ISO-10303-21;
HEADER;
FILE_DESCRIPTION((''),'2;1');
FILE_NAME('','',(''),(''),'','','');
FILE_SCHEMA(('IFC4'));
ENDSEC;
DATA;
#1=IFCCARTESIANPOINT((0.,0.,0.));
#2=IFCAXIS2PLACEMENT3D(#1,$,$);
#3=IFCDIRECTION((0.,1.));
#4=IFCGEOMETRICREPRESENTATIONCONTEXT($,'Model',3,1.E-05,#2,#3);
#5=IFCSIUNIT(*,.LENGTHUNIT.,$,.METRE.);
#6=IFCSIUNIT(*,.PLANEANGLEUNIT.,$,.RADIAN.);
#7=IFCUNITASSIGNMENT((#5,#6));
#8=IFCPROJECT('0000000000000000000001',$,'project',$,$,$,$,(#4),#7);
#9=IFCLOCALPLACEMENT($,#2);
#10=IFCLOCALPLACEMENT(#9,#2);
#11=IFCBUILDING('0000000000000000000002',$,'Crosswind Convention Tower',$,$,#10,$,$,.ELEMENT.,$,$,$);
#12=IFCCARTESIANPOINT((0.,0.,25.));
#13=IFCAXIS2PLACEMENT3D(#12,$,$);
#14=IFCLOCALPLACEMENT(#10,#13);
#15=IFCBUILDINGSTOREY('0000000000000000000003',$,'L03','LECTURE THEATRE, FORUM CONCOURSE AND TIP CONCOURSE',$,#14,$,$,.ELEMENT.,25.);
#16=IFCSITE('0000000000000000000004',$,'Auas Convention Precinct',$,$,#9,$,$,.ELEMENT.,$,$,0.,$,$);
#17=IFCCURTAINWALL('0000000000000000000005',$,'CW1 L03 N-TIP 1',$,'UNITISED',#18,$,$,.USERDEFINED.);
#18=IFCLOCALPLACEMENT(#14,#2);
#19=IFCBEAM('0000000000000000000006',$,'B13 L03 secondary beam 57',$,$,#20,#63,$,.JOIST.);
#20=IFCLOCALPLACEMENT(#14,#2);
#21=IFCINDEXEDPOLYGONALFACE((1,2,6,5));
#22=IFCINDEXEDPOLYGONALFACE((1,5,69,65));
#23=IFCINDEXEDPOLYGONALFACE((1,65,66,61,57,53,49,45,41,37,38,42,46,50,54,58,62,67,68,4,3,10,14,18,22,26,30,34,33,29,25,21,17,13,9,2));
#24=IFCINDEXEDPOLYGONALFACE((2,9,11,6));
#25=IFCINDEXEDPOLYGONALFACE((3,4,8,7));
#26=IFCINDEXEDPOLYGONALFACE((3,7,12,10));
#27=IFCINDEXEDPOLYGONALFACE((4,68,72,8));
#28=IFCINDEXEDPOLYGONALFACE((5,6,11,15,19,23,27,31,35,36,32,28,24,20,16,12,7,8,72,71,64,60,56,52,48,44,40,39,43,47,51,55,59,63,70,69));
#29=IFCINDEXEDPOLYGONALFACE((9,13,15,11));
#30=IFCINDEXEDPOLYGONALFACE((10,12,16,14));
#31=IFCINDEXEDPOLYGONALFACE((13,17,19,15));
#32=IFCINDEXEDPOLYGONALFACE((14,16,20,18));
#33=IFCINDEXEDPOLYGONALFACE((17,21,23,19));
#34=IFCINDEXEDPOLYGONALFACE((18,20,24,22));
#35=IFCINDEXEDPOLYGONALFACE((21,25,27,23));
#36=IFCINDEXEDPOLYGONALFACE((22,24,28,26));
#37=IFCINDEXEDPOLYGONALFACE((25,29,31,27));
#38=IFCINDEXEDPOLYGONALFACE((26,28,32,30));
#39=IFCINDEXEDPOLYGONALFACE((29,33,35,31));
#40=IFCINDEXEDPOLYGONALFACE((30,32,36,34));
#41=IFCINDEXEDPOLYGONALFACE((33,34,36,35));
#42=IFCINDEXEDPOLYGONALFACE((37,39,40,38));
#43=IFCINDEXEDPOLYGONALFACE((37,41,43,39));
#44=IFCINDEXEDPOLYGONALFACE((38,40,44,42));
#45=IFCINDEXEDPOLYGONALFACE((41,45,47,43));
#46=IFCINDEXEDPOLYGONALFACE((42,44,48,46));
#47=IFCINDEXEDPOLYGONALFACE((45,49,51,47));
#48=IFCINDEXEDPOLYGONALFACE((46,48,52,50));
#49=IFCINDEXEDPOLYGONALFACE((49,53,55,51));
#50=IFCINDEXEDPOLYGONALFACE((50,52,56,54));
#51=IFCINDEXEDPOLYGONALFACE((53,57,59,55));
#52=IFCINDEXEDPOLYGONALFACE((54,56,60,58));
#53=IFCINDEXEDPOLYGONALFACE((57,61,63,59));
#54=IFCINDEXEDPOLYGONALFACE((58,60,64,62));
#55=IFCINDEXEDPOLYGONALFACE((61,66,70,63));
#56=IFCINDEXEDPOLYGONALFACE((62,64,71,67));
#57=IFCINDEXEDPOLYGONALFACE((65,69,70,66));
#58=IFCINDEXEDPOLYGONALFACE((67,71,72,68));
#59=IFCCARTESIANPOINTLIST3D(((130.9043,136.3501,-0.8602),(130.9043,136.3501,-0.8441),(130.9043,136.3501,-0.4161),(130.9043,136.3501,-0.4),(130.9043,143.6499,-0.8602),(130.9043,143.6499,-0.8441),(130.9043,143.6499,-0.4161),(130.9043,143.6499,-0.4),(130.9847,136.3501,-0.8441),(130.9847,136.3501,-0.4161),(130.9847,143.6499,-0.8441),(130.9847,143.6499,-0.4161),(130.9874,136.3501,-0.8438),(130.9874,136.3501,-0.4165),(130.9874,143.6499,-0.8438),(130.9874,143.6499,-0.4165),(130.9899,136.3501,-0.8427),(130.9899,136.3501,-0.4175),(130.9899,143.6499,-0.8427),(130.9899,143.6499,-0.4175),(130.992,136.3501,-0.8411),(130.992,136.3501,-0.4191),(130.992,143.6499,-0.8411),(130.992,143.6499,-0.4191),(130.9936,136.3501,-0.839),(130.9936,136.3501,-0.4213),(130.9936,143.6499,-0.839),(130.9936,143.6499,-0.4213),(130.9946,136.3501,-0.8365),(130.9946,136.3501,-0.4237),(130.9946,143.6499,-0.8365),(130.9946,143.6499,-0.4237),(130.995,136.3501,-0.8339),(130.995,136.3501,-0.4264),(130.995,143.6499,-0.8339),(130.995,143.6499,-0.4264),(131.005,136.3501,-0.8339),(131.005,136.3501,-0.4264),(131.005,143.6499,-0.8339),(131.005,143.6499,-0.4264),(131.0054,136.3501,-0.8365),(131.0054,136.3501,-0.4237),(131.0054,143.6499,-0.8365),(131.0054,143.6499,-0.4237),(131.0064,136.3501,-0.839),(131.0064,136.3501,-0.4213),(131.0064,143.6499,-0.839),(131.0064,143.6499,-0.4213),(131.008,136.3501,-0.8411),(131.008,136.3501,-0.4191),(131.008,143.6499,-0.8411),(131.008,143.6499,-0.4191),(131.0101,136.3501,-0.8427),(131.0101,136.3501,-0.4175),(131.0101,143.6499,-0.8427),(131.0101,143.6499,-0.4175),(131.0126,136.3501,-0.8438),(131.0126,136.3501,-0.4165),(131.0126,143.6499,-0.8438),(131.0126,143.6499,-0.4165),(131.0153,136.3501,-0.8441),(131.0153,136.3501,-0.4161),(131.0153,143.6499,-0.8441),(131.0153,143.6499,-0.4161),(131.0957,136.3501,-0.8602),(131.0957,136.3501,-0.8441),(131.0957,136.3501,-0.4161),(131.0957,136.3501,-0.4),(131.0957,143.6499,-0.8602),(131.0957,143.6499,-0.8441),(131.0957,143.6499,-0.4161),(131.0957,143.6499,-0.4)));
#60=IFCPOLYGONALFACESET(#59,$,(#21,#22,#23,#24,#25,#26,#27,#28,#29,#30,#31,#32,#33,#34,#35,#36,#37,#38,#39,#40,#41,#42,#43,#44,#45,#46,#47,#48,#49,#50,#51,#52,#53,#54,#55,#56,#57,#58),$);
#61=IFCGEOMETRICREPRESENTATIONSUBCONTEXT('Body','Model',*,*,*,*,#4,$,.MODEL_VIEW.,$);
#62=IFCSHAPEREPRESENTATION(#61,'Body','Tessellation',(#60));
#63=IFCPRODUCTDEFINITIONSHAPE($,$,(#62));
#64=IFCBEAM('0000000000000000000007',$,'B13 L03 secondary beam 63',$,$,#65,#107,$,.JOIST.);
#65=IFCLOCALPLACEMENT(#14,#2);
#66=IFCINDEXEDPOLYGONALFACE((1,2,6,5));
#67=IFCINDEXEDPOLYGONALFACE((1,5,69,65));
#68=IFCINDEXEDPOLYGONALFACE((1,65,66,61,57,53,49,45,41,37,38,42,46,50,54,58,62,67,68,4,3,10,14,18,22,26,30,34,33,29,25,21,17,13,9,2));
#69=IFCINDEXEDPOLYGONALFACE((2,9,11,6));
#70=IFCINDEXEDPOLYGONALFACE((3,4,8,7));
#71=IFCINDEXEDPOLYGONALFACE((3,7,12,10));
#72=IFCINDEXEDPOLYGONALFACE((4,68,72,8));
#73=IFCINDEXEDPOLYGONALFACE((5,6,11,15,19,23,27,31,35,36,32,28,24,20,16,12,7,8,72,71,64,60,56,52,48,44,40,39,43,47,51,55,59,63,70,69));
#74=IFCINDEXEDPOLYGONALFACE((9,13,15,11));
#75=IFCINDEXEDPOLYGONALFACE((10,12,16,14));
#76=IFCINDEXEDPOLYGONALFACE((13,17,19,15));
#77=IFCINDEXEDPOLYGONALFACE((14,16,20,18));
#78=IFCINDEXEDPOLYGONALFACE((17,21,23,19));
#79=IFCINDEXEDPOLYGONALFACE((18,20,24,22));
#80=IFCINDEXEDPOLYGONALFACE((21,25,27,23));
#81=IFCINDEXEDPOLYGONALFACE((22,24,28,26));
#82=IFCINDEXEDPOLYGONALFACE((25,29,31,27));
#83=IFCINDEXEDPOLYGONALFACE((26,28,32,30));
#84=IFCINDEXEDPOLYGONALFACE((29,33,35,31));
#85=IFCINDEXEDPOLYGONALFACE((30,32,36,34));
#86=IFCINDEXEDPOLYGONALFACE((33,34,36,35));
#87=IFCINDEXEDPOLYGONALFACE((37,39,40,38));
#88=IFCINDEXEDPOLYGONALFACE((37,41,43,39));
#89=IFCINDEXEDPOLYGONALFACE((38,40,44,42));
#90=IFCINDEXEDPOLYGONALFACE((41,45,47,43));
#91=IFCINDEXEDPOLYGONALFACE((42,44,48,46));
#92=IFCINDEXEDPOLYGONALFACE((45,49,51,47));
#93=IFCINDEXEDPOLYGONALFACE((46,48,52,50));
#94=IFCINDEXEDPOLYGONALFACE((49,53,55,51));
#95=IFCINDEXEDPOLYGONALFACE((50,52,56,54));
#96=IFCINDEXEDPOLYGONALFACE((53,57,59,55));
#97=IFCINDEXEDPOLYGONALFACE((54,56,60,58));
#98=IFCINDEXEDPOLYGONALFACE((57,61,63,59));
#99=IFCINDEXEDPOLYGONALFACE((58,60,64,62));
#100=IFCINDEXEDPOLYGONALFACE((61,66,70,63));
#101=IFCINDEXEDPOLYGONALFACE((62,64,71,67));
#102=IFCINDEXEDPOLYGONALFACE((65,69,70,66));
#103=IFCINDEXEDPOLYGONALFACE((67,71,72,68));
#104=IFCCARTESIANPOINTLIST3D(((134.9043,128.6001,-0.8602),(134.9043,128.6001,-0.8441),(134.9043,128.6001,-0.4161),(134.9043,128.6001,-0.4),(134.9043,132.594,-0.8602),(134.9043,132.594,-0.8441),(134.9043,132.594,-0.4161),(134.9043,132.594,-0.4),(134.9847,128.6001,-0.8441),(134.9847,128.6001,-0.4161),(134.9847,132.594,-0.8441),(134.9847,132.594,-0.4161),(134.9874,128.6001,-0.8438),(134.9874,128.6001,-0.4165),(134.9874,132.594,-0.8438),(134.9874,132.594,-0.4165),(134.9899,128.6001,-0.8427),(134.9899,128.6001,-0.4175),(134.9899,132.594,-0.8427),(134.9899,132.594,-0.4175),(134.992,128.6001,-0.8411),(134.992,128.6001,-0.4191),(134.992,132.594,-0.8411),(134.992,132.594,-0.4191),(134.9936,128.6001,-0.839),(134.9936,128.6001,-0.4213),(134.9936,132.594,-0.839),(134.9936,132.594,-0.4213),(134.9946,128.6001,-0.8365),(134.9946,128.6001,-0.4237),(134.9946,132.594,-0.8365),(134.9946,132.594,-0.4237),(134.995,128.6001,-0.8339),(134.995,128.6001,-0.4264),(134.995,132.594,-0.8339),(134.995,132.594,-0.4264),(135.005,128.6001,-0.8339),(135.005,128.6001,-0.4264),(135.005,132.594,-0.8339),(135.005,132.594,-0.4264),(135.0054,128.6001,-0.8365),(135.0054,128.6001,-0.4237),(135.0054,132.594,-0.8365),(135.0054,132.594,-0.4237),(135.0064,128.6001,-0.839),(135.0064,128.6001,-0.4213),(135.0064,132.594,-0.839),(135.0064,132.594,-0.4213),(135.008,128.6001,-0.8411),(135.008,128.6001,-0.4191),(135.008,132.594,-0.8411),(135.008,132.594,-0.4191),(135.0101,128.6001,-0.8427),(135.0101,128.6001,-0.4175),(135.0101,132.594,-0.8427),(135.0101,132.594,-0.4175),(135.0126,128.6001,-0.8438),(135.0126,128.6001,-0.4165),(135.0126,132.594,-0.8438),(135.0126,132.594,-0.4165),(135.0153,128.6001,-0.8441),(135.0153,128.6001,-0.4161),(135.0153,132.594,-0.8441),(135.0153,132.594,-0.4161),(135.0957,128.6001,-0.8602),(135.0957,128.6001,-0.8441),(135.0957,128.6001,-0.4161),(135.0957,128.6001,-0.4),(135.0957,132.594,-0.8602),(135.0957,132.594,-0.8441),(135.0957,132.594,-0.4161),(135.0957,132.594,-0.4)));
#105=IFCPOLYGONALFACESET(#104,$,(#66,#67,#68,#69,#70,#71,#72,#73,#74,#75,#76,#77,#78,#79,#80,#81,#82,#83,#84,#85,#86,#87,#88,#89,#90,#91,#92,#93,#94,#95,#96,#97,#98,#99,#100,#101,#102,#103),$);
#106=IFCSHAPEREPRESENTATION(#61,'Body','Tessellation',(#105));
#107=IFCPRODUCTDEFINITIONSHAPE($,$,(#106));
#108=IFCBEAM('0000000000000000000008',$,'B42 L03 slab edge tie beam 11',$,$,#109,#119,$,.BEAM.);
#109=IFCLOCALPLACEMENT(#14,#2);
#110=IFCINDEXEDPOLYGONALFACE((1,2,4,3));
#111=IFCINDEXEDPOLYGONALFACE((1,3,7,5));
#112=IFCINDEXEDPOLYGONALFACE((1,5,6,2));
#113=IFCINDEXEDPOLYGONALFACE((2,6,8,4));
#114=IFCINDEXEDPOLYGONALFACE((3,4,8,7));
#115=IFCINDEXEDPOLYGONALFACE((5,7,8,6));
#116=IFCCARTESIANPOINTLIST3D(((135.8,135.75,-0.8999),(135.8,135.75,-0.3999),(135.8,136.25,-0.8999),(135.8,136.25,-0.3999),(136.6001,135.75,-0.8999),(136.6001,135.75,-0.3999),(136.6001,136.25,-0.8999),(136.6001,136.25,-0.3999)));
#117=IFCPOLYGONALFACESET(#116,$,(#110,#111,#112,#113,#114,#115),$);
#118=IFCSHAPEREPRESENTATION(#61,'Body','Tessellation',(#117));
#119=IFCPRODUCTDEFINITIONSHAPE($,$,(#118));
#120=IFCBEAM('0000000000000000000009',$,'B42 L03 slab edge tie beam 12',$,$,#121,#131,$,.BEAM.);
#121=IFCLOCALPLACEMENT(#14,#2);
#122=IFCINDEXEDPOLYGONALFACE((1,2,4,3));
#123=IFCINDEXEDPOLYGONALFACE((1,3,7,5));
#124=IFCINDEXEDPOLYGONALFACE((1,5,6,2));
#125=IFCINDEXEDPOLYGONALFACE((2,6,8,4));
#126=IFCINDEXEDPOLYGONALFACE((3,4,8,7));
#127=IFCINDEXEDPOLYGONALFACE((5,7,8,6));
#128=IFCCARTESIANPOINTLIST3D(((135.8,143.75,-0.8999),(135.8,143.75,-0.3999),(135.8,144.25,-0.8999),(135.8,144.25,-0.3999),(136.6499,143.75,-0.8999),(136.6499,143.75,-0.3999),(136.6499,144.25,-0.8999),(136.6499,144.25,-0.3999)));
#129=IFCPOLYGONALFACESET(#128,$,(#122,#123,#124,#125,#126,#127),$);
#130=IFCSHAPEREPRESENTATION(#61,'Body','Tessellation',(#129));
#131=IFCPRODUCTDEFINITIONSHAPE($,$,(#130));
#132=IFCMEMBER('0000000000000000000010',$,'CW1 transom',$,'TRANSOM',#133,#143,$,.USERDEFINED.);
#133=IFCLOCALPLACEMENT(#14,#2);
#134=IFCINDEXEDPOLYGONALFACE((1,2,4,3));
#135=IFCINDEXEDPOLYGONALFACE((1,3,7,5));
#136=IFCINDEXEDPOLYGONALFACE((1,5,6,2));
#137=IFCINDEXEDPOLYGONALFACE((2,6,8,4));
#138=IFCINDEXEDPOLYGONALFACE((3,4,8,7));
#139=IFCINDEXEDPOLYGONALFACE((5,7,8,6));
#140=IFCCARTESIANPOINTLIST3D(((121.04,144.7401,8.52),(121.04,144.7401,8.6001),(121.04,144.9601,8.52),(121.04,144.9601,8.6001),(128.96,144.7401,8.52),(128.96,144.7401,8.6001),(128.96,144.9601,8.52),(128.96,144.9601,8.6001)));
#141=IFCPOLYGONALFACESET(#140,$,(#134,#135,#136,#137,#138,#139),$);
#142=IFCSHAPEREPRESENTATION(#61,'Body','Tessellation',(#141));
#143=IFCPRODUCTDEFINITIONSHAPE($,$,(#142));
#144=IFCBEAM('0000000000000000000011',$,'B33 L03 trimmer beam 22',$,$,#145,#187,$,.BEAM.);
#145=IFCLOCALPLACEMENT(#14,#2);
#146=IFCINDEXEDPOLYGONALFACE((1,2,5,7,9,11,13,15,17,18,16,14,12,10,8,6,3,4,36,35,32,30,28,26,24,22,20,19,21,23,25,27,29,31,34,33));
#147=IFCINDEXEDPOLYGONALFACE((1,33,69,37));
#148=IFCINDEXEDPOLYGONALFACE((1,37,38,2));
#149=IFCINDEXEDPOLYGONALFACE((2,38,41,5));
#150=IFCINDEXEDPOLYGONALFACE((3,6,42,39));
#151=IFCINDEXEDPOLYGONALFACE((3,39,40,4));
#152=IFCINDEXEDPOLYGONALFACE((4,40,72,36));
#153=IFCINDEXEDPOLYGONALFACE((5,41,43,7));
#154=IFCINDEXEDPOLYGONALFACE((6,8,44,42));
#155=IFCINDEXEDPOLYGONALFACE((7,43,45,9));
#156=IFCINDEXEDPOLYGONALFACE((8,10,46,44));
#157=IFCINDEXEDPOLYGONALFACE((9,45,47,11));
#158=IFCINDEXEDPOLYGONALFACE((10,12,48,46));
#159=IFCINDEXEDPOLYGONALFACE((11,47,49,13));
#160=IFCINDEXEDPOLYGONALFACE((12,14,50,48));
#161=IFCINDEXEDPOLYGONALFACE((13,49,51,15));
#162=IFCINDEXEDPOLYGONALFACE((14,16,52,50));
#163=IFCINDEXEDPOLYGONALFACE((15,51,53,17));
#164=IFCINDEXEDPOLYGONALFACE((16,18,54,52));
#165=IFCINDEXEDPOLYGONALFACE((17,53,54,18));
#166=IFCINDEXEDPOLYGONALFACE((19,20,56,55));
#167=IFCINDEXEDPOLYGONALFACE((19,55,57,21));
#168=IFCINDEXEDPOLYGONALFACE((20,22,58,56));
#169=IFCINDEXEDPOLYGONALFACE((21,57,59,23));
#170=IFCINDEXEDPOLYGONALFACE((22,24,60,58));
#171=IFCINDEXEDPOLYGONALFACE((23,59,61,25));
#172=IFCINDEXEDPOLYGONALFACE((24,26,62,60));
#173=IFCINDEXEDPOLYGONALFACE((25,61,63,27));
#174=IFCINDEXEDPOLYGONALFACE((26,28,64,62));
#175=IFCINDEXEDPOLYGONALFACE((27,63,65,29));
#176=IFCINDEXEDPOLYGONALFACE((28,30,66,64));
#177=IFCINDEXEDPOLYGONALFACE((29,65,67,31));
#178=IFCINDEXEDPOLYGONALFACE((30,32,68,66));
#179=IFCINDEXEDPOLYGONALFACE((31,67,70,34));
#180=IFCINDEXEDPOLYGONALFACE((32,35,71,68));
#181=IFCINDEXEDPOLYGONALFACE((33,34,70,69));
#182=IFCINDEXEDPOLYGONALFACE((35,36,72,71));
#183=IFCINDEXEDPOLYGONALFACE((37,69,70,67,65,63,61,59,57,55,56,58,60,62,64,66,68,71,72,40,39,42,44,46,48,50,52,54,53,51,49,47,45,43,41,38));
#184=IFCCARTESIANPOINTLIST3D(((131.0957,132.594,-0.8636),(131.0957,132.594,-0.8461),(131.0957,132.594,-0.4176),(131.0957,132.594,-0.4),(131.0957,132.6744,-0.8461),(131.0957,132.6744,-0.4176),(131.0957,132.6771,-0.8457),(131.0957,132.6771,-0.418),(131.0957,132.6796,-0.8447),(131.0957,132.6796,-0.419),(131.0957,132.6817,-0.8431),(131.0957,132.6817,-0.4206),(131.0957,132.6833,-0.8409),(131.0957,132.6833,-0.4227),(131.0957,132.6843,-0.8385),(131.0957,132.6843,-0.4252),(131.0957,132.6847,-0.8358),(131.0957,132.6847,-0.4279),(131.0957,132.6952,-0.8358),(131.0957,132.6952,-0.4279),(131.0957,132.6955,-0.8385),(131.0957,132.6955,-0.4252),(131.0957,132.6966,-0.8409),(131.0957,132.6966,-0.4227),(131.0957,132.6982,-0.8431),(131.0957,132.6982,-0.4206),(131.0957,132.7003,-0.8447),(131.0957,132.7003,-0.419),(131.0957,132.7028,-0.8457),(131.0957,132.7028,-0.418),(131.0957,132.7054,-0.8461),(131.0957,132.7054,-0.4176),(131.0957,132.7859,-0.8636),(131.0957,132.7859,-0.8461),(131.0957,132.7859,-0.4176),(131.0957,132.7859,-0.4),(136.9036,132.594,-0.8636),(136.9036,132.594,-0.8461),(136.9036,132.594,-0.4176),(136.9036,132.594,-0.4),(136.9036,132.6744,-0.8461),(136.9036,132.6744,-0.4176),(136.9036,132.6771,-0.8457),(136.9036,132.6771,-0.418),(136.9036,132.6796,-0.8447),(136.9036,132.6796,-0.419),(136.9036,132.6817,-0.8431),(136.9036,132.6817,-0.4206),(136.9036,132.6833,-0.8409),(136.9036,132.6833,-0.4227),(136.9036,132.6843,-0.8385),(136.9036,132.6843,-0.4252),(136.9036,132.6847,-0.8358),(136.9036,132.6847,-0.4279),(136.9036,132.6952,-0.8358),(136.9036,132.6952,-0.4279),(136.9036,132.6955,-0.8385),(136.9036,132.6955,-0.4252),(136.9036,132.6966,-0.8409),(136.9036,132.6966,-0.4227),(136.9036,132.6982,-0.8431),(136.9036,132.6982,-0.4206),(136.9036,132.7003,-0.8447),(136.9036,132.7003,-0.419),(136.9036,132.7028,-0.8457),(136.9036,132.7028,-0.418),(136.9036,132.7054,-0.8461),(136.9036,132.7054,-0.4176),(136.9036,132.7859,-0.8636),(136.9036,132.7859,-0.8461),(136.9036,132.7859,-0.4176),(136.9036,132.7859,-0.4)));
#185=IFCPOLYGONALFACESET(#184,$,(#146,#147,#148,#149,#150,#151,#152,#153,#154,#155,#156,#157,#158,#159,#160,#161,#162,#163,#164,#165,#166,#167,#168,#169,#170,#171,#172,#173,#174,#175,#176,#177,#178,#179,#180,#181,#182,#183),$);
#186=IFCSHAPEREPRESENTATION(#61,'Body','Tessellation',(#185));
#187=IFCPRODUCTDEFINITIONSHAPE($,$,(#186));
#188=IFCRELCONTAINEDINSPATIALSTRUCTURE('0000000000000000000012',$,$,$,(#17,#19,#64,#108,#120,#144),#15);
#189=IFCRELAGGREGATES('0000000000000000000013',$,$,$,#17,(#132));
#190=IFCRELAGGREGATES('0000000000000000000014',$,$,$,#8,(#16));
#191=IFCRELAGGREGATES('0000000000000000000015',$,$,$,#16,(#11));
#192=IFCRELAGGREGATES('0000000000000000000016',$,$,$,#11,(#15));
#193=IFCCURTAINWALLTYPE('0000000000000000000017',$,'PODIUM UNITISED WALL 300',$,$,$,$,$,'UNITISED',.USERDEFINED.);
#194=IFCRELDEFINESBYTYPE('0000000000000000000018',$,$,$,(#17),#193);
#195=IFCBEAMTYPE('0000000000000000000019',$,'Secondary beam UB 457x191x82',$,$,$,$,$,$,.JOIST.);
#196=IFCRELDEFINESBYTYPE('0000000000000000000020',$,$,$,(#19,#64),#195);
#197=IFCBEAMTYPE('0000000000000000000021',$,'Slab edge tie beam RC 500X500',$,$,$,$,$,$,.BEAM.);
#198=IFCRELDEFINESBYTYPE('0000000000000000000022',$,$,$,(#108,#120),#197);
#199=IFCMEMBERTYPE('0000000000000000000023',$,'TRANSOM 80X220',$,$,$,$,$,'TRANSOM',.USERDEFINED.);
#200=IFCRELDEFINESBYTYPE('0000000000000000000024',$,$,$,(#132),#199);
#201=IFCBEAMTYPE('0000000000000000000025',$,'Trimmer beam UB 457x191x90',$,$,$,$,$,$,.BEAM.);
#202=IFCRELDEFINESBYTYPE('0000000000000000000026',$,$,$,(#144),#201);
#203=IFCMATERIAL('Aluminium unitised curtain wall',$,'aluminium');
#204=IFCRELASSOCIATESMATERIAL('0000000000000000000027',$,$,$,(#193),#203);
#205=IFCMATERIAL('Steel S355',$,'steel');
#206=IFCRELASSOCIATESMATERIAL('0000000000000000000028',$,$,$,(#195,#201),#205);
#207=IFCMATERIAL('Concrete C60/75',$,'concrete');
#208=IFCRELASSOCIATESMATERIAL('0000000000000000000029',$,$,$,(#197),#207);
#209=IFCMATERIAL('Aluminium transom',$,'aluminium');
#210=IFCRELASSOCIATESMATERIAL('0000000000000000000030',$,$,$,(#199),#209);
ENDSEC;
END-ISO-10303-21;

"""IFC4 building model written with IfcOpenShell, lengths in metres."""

from ifc_helpers import new_model, si_unit, direction, frame, origin, origin_2d, place, context, subcontext, project, spatial, rectangle, i_section, extrude, material, material_profile, profile_set, type_object, element, aggregate, save


model = new_model("IFC4")

# Units and contexts
model_context = context("Model", 3, precision=1e-05, world=origin(), true_north=direction((0.0, 1.0)))
body_context = subcontext(model_context, "Body", "Model", "MODEL_VIEW")
ifc_project = project(units=[si_unit("LENGTHUNIT", "METRE"), si_unit("PLANEANGLEUNIT", "RADIAN")], contexts=[model_context])

# Site, building, storey
site_placement = place(None, origin())
site = spatial("IfcSite", under=ifc_project, at=site_placement, Name="Auas Convention Precinct", CompositionType="ELEMENT", RefElevation=0.0)
building_placement = place(site_placement, origin())
building = spatial("IfcBuilding", under=site, at=building_placement, Name="Crosswind Convention Tower", CompositionType="ELEMENT")
storey_placement = place(building_placement, frame((0.0, 0.0, 25.0)))
storey = spatial("IfcBuildingStorey", under=building, at=storey_placement, Name="L03", Description="LECTURE THEATRE, FORUM CONCOURSE AND TIP CONCOURSE", CompositionType="ELEMENT", Elevation=25.0)

# Shared definitions
ifc_material_1 = material(Name="Concrete C60/75", Category="concrete")

# Shared definitions
ifc_material_2 = material(Name="Steel S355", Category="steel")

# Curtain wall
ifc_material_3 = material(Name="Aluminium unitised curtain wall", Category="aluminium")
curtain_wall_type = type_object("IfcCurtainWallType", Name="PODIUM UNITISED WALL 300", ElementType="UNITISED", PredefinedType="USERDEFINED", material=ifc_material_3)
curtain_wall_placement = place(storey_placement, origin())
curtain_wall = element("IfcCurtainWall", 1, at=curtain_wall_placement, inside=storey, type_object=curtain_wall_type, Name="CW1 L03 N-TIP 1", ObjectType="UNITISED", PredefinedType="USERDEFINED")

# Beams
ifc_material_profile_1 = material_profile(ifc_material_2, i_section(OverallWidth=0.1914, OverallDepth=0.4602, WebThickness=0.01, FlangeThickness=0.0161, FilletRadius=0.0103, at=origin_2d()), Name="UB 457x191x82")
ifc_profile_set_1 = profile_set([ifc_material_profile_1], Name="Steel S355")
beam_type_1 = type_object("IfcBeamType", Name="Secondary beam UB 457x191x82", PredefinedType="JOIST", material=ifc_profile_set_1)
beam_1_placement = place(storey_placement, frame((131.0, 136.3501, -0.6301), z_axis=(0.0, 1.0, 0.0), x_axis=(-1.0, 0.0, 0.0)))
element("IfcBeam", 2, at=beam_1_placement, inside=storey, type_object=beam_type_1, Name="B13 L03 secondary beam 57", PredefinedType="JOIST", context=body_context, shape_type="SweptSolid", body=[
    extrude(i_section(OverallWidth=0.1914, OverallDepth=0.4602, WebThickness=0.01, FlangeThickness=0.0161, FilletRadius=0.0103, at=origin_2d()), origin(), (0.0, 0.0, 1.0), 7.2998),
])
beam_2_placement = place(storey_placement, frame((135.0, 128.6001, -0.6301), z_axis=(0.0, 1.0, 0.0), x_axis=(-1.0, 0.0, 0.0)))
element("IfcBeam", 3, at=beam_2_placement, inside=storey, type_object=beam_type_1, Name="B13 L03 secondary beam 63", PredefinedType="JOIST", context=body_context, shape_type="SweptSolid", body=[
    extrude(i_section(OverallWidth=0.1914, OverallDepth=0.4602, WebThickness=0.01, FlangeThickness=0.0161, FilletRadius=0.0103, at=origin_2d()), origin(), (0.0, 0.0, 1.0), 3.9939),
])
ifc_material_profile_2 = material_profile(ifc_material_1, rectangle(XDim=0.5, YDim=0.5, at=origin_2d()), Name="RC 500X500")
ifc_profile_set_2 = profile_set([ifc_material_profile_2], Name="Concrete C60/75")
beam_type_2 = type_object("IfcBeamType", Name="Slab edge tie beam RC 500X500", PredefinedType="BEAM", material=ifc_profile_set_2)
beam_3_placement = place(storey_placement, frame((135.8, 136.0, -0.6499), z_axis=(1.0, 0.0, 0.0), x_axis=(0.0, 1.0, 0.0)))
element("IfcBeam", 4, at=beam_3_placement, inside=storey, type_object=beam_type_2, Name="B42 L03 slab edge tie beam 11", PredefinedType="BEAM", context=body_context, shape_type="SweptSolid", body=[
    extrude(rectangle(XDim=0.5, YDim=0.5, at=origin_2d()), origin(), (0.0, 0.0, 1.0), 0.8),
])
beam_4_placement = place(storey_placement, frame((135.8, 144.0, -0.6499), z_axis=(1.0, 0.0, 0.0), x_axis=(0.0, 1.0, 0.0)))
element("IfcBeam", 5, at=beam_4_placement, inside=storey, type_object=beam_type_2, Name="B42 L03 slab edge tie beam 12", PredefinedType="BEAM", context=body_context, shape_type="SweptSolid", body=[
    extrude(rectangle(XDim=0.5, YDim=0.5, at=origin_2d()), origin(), (0.0, 0.0, 1.0), 0.8499),
])

# Member
ifc_material_4 = material(Name="Aluminium transom", Category="aluminium")
ifc_material_profile_3 = material_profile(ifc_material_4, rectangle(XDim=0.22, YDim=0.0801, at=origin_2d()), Name="AL 220X80")
ifc_profile_set_3 = profile_set([ifc_material_profile_3], Name="Aluminium transom")
member_type_1 = type_object("IfcMemberType", Name="TRANSOM 80X220", ElementType="TRANSOM", PredefinedType="USERDEFINED", material=ifc_profile_set_3)
member_1_placement = place(storey_placement, frame((128.96, 144.8501, 8.5601), z_axis=(-1.0, 0.0, 0.0), x_axis=(0.0, -1.0, 0.0)))
member_1 = element("IfcMember", 6, at=member_1_placement, type_object=member_type_1, Name="CW1 transom", ObjectType="TRANSOM", PredefinedType="USERDEFINED", context=body_context, shape_type="SweptSolid", body=[
    extrude(rectangle(XDim=0.22, YDim=0.0801, at=origin_2d()), origin(), (0.0, 0.0, 1.0), 7.9199),
])

# Beam
ifc_material_profile_4 = material_profile(ifc_material_2, i_section(OverallWidth=0.1919, OverallDepth=0.4636, WebThickness=0.0105, FlangeThickness=0.0176, FilletRadius=0.0103, at=origin_2d()), Name="UB 457x191x90")
ifc_profile_set_4 = profile_set([ifc_material_profile_4], Name="Steel S355")
beam_type_3 = type_object("IfcBeamType", Name="Trimmer beam UB 457x191x90", PredefinedType="BEAM", material=ifc_profile_set_4)
beam_5_placement = place(storey_placement, frame((131.0957, 132.6899, -0.6318), z_axis=(1.0, 0.0, 0.0), x_axis=(0.0, 1.0, 0.0)))
element("IfcBeam", 7, at=beam_5_placement, inside=storey, type_object=beam_type_3, Name="B33 L03 trimmer beam 22", PredefinedType="BEAM", context=body_context, shape_type="SweptSolid", body=[
    extrude(i_section(OverallWidth=0.1919, OverallDepth=0.4636, WebThickness=0.0105, FlangeThickness=0.0176, FilletRadius=0.0103, at=origin_2d()), origin(), (0.0, 0.0, 1.0), 5.8079),
])

aggregate(curtain_wall, [member_1])

save(model, "model.ifc")
